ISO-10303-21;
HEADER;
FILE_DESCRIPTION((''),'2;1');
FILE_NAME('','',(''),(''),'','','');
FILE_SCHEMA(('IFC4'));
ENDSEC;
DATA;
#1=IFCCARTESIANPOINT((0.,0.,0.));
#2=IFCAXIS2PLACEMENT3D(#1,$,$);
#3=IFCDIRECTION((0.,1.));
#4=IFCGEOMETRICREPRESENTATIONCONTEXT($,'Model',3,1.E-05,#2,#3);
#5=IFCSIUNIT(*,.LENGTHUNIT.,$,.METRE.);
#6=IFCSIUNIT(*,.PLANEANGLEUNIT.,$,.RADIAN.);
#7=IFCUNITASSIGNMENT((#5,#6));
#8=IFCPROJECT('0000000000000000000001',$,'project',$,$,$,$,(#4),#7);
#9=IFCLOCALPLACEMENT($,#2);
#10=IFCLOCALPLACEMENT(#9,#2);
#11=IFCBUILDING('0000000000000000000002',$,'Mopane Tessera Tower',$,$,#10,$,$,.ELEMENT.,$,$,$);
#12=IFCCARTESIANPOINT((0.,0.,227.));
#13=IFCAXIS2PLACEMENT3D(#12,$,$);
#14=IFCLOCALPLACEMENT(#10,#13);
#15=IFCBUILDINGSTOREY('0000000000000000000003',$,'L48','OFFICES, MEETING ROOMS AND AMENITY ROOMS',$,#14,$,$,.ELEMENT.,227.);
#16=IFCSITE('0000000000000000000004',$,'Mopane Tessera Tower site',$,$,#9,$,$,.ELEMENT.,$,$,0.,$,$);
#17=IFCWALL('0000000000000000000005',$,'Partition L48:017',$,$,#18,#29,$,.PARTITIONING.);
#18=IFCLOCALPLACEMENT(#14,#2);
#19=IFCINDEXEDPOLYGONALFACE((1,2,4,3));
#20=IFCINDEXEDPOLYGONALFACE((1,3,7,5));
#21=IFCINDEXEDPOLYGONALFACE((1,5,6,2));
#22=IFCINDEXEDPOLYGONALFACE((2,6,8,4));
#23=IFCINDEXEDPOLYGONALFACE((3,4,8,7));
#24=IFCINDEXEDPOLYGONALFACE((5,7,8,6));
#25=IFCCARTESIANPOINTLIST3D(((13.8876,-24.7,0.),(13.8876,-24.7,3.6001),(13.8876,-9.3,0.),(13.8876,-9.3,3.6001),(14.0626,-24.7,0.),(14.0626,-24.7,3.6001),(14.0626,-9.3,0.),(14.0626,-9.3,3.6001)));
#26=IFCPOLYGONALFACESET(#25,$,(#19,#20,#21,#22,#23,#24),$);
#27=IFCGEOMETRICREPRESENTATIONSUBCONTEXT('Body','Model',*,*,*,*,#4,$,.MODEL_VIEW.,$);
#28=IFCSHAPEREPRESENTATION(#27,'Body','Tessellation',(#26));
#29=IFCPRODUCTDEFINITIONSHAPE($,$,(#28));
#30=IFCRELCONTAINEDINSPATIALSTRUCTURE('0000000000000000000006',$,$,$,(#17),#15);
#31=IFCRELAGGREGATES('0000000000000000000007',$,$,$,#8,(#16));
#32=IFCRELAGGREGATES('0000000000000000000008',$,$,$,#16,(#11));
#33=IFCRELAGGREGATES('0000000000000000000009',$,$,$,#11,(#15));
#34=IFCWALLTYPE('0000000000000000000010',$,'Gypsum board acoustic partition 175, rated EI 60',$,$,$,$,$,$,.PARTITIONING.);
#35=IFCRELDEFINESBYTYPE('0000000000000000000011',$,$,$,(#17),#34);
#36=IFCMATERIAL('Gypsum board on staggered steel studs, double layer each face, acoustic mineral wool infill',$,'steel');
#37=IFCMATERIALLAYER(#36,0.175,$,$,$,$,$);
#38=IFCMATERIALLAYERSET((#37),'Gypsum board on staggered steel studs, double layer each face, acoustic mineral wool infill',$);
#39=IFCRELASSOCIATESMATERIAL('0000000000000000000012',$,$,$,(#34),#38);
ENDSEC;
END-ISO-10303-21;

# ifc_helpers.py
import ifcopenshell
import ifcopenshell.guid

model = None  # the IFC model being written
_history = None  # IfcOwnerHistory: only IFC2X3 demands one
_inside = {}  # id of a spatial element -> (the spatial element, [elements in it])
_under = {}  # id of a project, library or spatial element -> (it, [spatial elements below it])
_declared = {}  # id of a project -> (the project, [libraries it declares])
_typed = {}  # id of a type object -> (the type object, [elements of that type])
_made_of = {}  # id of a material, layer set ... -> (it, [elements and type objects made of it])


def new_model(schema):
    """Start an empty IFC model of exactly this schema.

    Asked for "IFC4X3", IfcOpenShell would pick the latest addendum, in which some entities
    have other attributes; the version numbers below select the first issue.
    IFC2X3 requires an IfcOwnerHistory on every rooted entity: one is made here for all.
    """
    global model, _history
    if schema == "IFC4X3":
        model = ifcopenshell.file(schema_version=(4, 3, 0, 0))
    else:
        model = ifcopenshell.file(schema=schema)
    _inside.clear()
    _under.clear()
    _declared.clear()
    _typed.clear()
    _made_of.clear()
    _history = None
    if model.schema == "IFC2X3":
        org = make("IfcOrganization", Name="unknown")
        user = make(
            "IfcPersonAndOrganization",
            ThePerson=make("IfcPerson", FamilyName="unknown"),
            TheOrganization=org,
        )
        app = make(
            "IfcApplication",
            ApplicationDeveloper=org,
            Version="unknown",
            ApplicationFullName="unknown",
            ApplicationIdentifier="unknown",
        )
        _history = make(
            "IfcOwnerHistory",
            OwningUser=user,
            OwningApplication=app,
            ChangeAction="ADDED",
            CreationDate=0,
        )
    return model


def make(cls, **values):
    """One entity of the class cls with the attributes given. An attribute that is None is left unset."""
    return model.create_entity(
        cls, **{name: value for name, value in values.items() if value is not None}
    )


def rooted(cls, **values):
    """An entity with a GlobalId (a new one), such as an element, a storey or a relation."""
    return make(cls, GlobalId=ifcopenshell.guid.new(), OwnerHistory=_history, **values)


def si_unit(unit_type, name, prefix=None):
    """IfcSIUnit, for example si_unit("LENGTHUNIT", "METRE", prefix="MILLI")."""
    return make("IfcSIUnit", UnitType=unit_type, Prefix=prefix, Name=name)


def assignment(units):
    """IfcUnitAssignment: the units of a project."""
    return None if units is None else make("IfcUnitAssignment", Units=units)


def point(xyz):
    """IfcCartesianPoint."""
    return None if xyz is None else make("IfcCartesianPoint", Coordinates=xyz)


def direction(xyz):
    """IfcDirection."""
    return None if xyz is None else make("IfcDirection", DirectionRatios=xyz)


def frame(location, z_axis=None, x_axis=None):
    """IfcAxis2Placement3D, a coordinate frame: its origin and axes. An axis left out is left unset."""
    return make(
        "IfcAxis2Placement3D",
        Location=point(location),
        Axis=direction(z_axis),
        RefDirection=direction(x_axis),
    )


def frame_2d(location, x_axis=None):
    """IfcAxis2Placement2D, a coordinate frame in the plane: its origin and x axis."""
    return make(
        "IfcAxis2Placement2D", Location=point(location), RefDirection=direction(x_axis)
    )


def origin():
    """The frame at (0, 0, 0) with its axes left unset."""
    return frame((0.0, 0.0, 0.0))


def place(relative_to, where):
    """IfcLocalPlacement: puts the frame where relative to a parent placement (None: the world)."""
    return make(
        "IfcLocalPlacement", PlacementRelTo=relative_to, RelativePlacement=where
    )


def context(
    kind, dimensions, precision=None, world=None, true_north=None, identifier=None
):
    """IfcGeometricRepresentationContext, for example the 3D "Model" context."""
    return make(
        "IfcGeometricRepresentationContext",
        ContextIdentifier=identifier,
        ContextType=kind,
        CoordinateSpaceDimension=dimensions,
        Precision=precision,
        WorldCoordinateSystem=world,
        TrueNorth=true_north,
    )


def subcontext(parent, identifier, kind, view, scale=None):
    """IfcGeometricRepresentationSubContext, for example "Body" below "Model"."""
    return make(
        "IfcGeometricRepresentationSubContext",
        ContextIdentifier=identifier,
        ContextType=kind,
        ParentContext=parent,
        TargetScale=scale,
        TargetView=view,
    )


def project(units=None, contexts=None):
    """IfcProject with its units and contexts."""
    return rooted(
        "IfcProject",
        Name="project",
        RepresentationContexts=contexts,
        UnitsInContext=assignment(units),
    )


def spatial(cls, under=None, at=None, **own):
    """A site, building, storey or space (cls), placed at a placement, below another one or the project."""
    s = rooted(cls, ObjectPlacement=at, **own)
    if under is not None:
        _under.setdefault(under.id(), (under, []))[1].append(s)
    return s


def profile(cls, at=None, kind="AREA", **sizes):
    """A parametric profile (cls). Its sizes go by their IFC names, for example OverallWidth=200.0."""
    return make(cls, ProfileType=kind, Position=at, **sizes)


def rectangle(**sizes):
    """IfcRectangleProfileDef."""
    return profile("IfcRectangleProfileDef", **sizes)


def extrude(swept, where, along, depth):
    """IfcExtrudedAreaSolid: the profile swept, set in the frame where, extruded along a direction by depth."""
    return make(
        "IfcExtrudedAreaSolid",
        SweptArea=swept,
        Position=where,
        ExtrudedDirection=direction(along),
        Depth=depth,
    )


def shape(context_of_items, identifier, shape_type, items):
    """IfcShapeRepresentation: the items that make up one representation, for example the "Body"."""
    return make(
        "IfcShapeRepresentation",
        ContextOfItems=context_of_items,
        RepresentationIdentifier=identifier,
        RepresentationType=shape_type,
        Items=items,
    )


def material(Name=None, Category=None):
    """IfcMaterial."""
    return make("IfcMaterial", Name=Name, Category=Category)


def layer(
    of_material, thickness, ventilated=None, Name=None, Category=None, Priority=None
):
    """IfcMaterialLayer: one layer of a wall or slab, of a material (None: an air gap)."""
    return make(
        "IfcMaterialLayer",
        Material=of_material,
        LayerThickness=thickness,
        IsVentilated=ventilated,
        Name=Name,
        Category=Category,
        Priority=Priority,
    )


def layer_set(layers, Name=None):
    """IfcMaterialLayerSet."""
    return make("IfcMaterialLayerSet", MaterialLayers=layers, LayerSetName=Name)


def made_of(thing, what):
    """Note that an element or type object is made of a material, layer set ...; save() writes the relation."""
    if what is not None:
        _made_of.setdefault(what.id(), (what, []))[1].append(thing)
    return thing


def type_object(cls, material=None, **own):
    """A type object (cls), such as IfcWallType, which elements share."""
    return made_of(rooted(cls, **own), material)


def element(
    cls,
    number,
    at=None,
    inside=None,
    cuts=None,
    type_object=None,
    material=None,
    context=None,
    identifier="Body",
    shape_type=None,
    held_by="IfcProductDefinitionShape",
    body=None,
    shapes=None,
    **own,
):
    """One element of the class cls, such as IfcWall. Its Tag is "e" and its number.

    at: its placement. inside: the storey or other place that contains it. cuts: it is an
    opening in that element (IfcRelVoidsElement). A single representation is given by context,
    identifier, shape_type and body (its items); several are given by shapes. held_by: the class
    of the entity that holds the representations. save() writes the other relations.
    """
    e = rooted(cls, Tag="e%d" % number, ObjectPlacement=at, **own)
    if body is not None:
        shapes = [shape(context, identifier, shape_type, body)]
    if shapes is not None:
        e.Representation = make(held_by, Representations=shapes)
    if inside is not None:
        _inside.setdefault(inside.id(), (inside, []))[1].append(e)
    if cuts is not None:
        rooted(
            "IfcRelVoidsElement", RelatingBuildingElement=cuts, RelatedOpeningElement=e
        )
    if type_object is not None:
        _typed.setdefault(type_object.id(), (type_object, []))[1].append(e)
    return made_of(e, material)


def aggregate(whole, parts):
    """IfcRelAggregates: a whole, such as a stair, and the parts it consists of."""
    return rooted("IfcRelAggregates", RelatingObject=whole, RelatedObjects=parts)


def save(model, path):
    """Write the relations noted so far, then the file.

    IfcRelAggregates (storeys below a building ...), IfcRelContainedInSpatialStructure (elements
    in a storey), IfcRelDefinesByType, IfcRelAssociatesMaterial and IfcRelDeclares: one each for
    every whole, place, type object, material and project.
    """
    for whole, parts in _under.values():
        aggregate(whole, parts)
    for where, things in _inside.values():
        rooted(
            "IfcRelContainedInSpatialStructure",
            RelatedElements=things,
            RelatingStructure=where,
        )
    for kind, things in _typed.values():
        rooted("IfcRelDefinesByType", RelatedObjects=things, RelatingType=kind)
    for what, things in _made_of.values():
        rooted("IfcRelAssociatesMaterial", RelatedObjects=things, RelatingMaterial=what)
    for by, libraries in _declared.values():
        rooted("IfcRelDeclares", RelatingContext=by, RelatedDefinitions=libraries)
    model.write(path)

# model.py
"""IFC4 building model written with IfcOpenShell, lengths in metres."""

from ifc_helpers import new_model, si_unit, direction, frame, frame_2d, origin, place, context, subcontext, project, spatial, rectangle, extrude, material, layer, layer_set, type_object, element, save


model = new_model("IFC4")

# Units and contexts
model_context = context("Model", 3, precision=1e-05, world=origin(), true_north=direction((0.0, 1.0)))
body_context = subcontext(model_context, "Body", "Model", "MODEL_VIEW")
ifc_project = project(units=[si_unit("LENGTHUNIT", "METRE"), si_unit("PLANEANGLEUNIT", "RADIAN")], contexts=[model_context])

# Site, building, storey
site_placement = place(None, origin())
site = spatial("IfcSite", under=ifc_project, at=site_placement, Name="Mopane Tessera Tower site", CompositionType="ELEMENT", RefElevation=0.0)
building_placement = place(site_placement, origin())
building = spatial("IfcBuilding", under=site, at=building_placement, Name="Mopane Tessera Tower", CompositionType="ELEMENT")
storey_placement = place(building_placement, frame((0.0, 0.0, 227.0)))
storey = spatial("IfcBuildingStorey", under=building, at=storey_placement, Name="L48", Description="OFFICES, MEETING ROOMS AND AMENITY ROOMS", CompositionType="ELEMENT", Elevation=227.0)

# Wall
ifc_material_1 = material(Name="Gypsum board on staggered steel studs, double layer each face, acoustic mineral wool infill", Category="steel")
ifc_layer_1 = layer(ifc_material_1, 0.175)
ifc_layer_set_1 = layer_set([ifc_layer_1], Name="Gypsum board on staggered steel studs, double layer each face, acoustic mineral wool infill")
wall_type = type_object("IfcWallType", Name="Gypsum board acoustic partition 175, rated EI 60", PredefinedType="PARTITIONING", material=ifc_layer_set_1)
wall_placement = place(storey_placement, frame((13.9751, -24.7, 0.0), z_axis=(0.0, 0.0, 1.0), x_axis=(0.0, 1.0, 0.0)))
element("IfcWall", 1, at=wall_placement, inside=storey, type_object=wall_type, Name="Partition L48:017", PredefinedType="PARTITIONING", context=body_context, shape_type="SweptSolid", body=[
    extrude(rectangle(XDim=15.3999, YDim=0.175, at=frame_2d((7.7, 0.0))), origin(), (0.0, 0.0, 1.0), 3.6001),
])

save(model, "model.ifc")
